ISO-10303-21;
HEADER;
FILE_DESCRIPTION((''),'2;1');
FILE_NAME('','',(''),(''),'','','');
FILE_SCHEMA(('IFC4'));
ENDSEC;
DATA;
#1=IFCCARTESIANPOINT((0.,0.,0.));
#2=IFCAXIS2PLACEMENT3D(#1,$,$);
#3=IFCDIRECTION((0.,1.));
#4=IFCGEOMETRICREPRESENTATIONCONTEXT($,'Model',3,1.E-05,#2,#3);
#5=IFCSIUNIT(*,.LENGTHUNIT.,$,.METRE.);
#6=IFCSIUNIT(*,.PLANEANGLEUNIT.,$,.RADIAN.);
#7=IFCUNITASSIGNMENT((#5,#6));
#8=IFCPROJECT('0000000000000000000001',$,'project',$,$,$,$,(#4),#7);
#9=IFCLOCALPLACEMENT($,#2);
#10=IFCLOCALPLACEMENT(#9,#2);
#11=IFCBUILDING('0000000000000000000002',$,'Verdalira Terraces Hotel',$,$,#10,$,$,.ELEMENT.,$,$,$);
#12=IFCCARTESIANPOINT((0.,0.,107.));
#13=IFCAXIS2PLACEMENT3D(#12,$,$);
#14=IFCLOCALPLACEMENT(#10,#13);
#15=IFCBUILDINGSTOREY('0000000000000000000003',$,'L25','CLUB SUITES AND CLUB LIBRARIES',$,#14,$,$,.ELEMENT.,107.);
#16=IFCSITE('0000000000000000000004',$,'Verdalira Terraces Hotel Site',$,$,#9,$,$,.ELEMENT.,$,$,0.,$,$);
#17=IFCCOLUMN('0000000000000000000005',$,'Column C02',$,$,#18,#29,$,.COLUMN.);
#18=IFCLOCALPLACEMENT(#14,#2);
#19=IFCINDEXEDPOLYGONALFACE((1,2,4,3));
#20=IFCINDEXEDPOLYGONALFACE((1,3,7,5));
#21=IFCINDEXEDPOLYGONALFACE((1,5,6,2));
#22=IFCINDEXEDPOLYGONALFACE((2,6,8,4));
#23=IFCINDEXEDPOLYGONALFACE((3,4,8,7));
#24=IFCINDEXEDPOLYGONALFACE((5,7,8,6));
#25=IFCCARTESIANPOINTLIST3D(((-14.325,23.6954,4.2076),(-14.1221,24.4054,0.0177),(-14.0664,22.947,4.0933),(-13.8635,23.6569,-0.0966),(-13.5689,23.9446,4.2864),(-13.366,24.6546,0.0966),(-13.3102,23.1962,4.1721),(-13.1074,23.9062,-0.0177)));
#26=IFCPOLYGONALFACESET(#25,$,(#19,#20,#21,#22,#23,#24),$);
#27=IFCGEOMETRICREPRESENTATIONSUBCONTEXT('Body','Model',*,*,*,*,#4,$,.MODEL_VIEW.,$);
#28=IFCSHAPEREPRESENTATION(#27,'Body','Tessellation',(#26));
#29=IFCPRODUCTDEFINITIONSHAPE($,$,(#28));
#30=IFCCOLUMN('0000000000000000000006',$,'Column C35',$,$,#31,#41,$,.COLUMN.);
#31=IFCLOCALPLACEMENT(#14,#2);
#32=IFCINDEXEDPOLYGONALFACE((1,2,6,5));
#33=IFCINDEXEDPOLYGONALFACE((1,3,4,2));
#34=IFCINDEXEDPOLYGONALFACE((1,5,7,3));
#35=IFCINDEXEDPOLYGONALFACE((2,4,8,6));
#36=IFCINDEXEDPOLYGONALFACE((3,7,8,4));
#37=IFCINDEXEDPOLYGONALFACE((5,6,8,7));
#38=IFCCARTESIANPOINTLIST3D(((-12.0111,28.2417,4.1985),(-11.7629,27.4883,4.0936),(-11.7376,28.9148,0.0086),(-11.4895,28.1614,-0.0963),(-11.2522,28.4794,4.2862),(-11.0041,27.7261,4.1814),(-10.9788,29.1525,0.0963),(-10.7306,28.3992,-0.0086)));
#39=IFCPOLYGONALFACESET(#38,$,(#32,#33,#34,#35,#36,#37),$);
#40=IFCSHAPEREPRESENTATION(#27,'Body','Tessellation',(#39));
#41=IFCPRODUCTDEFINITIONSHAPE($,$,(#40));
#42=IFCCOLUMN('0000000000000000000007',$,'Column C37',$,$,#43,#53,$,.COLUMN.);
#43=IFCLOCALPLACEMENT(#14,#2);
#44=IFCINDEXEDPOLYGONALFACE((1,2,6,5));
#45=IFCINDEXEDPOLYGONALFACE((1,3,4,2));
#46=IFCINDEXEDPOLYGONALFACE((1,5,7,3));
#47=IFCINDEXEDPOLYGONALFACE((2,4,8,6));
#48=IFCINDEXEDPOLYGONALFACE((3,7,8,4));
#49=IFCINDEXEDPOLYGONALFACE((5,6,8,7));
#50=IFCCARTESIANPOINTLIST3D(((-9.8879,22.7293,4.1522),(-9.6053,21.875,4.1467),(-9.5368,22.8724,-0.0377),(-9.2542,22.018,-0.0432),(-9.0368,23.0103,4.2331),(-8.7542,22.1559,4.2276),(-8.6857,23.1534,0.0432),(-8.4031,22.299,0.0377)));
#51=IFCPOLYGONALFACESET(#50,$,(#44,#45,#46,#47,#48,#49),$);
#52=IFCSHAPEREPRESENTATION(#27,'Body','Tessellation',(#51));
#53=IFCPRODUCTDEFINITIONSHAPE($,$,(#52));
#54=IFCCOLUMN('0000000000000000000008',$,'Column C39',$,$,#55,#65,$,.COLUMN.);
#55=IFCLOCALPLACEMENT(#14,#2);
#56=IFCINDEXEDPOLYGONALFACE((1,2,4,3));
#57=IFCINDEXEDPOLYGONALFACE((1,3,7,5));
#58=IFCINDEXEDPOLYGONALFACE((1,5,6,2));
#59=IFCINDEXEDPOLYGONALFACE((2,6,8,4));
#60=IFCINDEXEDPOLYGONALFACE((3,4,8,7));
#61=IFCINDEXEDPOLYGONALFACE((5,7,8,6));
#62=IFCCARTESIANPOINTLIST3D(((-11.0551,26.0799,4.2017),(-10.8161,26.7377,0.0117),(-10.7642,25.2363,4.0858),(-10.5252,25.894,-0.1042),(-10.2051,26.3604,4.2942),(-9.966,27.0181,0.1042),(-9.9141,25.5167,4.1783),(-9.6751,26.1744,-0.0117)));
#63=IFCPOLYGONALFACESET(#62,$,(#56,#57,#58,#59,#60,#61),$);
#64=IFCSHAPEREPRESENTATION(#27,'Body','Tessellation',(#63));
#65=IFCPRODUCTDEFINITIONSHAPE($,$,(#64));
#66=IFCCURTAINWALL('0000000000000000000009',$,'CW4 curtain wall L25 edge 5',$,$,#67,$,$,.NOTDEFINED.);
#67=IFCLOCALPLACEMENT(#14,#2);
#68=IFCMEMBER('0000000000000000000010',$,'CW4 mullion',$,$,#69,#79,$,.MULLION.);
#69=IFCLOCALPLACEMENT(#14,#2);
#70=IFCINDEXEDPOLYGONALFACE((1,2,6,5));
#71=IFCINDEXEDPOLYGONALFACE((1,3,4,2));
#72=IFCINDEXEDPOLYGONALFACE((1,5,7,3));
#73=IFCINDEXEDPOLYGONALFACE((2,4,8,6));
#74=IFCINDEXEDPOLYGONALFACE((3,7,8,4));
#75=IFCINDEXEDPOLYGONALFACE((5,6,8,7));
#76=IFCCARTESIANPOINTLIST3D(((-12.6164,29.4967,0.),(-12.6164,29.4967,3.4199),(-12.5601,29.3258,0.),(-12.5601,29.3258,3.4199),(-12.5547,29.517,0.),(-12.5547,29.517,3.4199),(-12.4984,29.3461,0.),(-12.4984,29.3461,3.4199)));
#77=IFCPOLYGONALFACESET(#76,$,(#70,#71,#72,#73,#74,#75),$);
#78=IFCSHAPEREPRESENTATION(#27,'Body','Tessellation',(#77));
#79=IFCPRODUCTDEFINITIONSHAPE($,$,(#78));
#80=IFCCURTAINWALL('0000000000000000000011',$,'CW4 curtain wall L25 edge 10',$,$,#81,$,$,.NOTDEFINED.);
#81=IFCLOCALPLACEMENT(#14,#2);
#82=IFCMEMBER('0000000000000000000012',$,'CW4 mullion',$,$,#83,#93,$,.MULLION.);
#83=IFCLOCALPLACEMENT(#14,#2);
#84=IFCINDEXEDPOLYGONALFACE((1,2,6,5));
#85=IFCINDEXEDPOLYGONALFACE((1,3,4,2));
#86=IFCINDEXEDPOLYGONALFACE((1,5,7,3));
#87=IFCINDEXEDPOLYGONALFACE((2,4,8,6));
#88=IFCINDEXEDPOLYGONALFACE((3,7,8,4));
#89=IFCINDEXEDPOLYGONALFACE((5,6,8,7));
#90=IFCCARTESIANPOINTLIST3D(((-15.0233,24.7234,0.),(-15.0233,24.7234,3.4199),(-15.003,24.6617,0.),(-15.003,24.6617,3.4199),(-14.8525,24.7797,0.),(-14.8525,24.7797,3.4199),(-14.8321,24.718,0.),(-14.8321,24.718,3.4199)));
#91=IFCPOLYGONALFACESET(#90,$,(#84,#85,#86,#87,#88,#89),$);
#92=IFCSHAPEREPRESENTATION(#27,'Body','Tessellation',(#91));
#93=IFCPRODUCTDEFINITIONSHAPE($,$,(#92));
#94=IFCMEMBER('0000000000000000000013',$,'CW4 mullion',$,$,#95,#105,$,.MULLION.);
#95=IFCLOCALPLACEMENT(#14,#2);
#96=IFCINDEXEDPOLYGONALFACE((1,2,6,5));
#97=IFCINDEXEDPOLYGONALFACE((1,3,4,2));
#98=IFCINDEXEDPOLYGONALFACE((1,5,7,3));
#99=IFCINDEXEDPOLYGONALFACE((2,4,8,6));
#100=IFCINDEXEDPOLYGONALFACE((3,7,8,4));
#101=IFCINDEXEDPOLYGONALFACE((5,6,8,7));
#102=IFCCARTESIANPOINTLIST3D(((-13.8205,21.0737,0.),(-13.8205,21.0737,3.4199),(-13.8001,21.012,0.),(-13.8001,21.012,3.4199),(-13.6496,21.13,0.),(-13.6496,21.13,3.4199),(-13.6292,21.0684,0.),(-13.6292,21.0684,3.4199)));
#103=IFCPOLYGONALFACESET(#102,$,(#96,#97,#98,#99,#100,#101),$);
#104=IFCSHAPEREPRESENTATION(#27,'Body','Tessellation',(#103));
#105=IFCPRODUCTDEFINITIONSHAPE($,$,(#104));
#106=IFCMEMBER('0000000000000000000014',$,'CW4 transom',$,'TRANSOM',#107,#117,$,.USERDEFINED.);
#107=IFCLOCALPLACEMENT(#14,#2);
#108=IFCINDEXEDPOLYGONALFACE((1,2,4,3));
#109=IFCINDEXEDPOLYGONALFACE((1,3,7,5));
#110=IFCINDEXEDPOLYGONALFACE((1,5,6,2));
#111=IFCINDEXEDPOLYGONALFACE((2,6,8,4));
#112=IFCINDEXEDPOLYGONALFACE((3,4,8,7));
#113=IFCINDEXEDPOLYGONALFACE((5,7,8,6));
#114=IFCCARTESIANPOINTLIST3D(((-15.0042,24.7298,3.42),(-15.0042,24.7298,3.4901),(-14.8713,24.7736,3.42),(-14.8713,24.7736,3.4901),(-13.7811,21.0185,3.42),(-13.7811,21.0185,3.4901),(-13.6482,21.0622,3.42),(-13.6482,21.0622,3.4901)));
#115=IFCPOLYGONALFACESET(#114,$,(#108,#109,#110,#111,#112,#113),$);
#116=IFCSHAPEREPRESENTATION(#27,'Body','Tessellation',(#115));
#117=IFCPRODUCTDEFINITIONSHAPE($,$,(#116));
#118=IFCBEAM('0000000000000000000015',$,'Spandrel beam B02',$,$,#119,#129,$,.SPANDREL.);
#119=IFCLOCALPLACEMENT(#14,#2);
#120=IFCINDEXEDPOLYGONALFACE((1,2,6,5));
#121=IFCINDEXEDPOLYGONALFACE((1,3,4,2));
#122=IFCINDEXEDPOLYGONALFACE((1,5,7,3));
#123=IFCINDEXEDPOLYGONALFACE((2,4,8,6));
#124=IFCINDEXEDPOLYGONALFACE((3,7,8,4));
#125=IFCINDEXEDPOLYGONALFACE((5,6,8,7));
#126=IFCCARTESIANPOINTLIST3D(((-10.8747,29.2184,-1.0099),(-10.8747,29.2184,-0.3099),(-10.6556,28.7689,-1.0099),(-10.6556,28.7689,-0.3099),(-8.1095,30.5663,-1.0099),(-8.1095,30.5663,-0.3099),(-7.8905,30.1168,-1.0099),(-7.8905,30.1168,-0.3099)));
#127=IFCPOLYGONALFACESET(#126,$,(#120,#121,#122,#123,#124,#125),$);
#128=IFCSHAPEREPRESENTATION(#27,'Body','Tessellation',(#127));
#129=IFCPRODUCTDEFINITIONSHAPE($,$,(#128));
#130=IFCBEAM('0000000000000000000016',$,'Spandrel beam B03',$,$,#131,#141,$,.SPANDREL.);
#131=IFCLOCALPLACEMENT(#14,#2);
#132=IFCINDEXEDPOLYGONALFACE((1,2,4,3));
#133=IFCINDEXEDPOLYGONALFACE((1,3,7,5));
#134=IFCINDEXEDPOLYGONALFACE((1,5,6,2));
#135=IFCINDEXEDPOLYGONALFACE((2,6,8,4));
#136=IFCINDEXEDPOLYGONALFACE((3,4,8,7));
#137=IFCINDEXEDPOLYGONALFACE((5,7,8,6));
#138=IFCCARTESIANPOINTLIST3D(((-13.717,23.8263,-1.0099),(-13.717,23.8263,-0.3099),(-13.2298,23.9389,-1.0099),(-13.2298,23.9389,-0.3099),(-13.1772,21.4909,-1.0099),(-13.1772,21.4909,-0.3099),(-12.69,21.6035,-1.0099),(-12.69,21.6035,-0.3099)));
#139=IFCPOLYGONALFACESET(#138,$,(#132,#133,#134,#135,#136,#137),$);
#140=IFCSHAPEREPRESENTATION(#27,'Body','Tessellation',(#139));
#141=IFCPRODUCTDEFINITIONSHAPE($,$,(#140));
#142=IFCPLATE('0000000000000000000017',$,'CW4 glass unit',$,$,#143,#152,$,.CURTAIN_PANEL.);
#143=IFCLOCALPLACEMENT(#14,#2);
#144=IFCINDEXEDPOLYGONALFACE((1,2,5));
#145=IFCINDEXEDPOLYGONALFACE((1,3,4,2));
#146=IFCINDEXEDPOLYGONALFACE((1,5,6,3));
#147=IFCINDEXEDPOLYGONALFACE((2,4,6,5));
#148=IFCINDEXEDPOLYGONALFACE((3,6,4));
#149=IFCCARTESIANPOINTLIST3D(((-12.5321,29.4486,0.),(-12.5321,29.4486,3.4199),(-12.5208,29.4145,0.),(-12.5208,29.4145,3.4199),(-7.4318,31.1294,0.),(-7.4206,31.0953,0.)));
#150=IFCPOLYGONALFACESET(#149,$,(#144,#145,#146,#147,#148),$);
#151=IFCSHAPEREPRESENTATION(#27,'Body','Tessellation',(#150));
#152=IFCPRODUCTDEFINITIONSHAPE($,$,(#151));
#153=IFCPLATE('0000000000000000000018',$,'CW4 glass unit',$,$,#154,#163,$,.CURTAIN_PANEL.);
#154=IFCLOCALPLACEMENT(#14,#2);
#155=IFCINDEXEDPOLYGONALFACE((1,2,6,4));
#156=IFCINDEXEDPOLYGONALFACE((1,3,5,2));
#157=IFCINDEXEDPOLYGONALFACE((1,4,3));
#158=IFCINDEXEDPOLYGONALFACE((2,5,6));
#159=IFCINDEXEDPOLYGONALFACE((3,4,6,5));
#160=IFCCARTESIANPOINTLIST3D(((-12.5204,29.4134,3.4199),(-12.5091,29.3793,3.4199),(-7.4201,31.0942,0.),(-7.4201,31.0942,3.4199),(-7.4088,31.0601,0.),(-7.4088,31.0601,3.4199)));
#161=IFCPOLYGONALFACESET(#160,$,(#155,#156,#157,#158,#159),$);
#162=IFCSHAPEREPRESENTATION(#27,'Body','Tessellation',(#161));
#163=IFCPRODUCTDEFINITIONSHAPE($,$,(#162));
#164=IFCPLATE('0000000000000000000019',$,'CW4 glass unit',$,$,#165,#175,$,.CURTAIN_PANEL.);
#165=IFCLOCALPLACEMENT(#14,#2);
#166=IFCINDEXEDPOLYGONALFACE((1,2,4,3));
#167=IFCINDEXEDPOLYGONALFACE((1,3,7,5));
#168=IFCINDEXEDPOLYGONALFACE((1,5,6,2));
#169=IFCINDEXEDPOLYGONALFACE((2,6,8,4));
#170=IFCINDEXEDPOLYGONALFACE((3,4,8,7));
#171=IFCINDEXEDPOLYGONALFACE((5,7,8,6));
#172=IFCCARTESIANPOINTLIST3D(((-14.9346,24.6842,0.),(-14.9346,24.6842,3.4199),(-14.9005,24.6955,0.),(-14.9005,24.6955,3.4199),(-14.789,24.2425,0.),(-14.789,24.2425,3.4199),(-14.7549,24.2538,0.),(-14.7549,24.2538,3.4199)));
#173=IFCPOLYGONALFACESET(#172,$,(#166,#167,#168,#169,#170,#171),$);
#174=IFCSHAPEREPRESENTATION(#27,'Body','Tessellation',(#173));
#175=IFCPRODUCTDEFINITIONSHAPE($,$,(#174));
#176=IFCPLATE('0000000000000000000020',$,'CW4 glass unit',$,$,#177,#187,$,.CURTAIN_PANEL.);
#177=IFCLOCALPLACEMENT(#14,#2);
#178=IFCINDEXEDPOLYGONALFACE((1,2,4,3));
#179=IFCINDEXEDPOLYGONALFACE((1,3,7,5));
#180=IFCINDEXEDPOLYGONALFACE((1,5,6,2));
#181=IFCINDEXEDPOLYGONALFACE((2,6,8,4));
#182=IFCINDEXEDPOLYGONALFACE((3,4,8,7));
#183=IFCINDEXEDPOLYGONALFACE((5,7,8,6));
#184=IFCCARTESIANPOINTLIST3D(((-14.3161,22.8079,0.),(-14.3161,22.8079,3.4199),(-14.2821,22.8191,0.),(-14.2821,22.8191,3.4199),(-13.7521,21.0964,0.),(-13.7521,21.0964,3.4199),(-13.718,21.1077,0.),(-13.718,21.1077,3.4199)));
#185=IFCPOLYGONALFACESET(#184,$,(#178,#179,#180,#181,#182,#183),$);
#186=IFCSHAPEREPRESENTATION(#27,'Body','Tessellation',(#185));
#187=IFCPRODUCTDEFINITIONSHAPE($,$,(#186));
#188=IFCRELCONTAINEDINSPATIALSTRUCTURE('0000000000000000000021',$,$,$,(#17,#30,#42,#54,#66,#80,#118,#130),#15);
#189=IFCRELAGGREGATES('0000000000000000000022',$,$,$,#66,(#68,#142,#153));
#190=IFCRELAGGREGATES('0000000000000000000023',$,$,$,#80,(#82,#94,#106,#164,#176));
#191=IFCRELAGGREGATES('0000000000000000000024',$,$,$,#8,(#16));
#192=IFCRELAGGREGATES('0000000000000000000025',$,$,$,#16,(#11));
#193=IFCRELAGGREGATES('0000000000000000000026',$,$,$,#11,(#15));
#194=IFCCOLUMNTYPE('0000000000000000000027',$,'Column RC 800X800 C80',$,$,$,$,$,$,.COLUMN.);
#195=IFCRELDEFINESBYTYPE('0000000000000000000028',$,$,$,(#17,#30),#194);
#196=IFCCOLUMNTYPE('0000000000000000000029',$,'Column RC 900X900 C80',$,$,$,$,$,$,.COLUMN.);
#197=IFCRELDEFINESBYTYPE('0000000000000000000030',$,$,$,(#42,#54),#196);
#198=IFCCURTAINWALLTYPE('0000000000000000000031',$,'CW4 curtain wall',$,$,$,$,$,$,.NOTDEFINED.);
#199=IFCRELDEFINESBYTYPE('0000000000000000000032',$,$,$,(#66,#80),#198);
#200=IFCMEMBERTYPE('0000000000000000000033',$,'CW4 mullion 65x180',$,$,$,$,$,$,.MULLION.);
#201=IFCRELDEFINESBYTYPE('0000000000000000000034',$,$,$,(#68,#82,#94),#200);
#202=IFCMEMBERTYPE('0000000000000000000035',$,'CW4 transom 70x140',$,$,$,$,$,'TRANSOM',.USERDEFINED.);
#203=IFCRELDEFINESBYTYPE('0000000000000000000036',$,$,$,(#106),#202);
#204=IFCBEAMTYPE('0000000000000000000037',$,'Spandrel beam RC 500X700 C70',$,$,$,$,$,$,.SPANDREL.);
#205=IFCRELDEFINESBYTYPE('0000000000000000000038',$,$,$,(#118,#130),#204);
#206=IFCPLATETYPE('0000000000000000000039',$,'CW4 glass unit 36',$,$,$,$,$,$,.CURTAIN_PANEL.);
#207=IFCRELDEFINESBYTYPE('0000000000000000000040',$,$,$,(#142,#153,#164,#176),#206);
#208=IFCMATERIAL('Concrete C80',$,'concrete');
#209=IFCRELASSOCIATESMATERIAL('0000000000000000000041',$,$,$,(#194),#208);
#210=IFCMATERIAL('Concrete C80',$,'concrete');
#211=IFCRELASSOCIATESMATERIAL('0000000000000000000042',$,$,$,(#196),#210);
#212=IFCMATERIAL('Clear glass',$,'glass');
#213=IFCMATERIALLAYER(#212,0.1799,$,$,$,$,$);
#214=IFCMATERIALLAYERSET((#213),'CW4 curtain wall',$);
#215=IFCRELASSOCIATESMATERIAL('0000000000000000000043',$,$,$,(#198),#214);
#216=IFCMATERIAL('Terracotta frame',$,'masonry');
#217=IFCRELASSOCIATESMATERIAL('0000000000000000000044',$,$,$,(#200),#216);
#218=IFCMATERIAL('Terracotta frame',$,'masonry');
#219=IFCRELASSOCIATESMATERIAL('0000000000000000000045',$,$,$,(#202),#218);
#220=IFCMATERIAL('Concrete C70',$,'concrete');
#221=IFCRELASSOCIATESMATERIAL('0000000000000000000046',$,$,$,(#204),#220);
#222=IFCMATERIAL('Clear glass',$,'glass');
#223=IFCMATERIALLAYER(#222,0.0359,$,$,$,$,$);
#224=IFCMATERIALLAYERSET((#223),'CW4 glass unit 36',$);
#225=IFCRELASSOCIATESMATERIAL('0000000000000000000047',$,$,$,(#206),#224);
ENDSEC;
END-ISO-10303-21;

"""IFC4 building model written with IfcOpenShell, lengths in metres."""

from ifc_helpers import new_model, si_unit, direction, frame, origin, origin_2d, place, context, subcontext, project, spatial, polyline, rectangle, outline, extrude, material, layer, layer_set, material_profile, profile_set, type_object, element, aggregate, save


model = new_model("IFC4")

# Units and contexts
model_context = context("Model", 3, precision=1e-05, world=origin(), true_north=direction((0.0, 1.0)))
body_context = subcontext(model_context, "Body", "Model", "MODEL_VIEW")
ifc_project = project(units=[si_unit("LENGTHUNIT", "METRE"), si_unit("PLANEANGLEUNIT", "RADIAN")], contexts=[model_context])

# Site, building, storey
site_placement = place(None, origin())
site = spatial("IfcSite", under=ifc_project, at=site_placement, Name="Verdalira Terraces Hotel Site", CompositionType="ELEMENT", RefElevation=0.0)
building_placement = place(site_placement, origin())
building = spatial("IfcBuilding", under=site, at=building_placement, Name="Verdalira Terraces Hotel", CompositionType="ELEMENT")
storey_placement = place(building_placement, frame((0.0, 0.0, 107.0)))
storey = spatial("IfcBuildingStorey", under=building, at=storey_placement, Name="L25", Description="CLUB SUITES AND CLUB LIBRARIES", CompositionType="ELEMENT", Elevation=107.0)

# Columns
ifc_material_1 = material(Name="Concrete C80", Category="concrete")
ifc_material_profile_1 = material_profile(ifc_material_1, rectangle(XDim=0.8, YDim=0.8, at=origin_2d()), Name="RC 800X800")
ifc_profile_set_1 = profile_set([ifc_material_profile_1], Name="Concrete C80")
column_type_1 = type_object("IfcColumnType", Name="Column RC 800X800 C80", PredefinedType="COLUMN", material=ifc_profile_set_1)
column_1_placement = place(storey_placement, frame((-13.6147, 24.1558, 0.0), z_axis=(-0.047686, -0.166873, 0.984825), x_axis=(0.323238, -0.935472, -0.142859)))
element("IfcColumn", 1, at=column_1_placement, inside=storey, type_object=column_type_1, Name="Column C02", PredefinedType="COLUMN", context=body_context, shape_type="SweptSolid", body=[
    extrude(rectangle(XDim=0.8, YDim=0.8, at=origin_2d()), origin(), (0.0, 0.0, 1.0), 4.2544),
])
column_2_placement = place(storey_placement, frame((-11.2341, 28.657, 0.0), z_axis=(-0.064301, -0.158284, 0.985298), x_axis=(-0.948505, -0.297183, -0.109641)))
element("IfcColumn", 2, at=column_2_placement, inside=storey, type_object=column_type_1, Name="Column C35", PredefinedType="COLUMN", context=body_context, shape_type="SweptSolid", body=[
    extrude(rectangle(XDim=0.8, YDim=0.8, at=origin_2d()), origin(), (0.0, 0.0, 1.0), 4.2524),
])
ifc_material_2 = material(Name="Concrete C80", Category="concrete")
ifc_material_profile_2 = material_profile(ifc_material_2, rectangle(XDim=0.8999, YDim=0.8999, at=origin_2d()), Name="RC 900X900")
ifc_profile_set_2 = profile_set([ifc_material_profile_2], Name="Concrete C80")
column_type_2 = type_object("IfcColumnType", Name="Column RC 900X900 C80", PredefinedType="COLUMN", material=ifc_profile_set_2)
column_3_placement = place(storey_placement, frame((-8.97, 22.5857, 0.0), z_axis=(-0.083449, -0.034006, 0.995932), x_axis=(-0.314024, 0.949395, 0.006105)))
element("IfcColumn", 3, at=column_3_placement, inside=storey, type_object=column_type_2, Name="Column C37", PredefinedType="COLUMN", context=body_context, shape_type="SweptSolid", body=[
    extrude(rectangle(XDim=0.8999, YDim=0.8999, at=origin_2d()), origin(), (0.0, 0.0, 1.0), 4.207),
])
column_4_placement = place(storey_placement, frame((-10.2456, 26.4561, 0.0), z_axis=(-0.056265, -0.15483, 0.986338), x_axis=(-0.323303, 0.9375, 0.128721)))
element("IfcColumn", 4, at=column_4_placement, inside=storey, type_object=column_type_2, Name="Column C39", PredefinedType="COLUMN", context=body_context, shape_type="SweptSolid", body=[
    extrude(rectangle(XDim=0.8999, YDim=0.8999, at=origin_2d()), origin(), (0.0, 0.0, 1.0), 4.248),
])

# Curtain wall, member
ifc_material_3 = material(Name="Clear glass", Category="glass")
ifc_layer_1 = layer(ifc_material_3, 0.1799)
ifc_layer_set_1 = layer_set([ifc_layer_1], Name="CW4 curtain wall")
curtain_wall_type = type_object("IfcCurtainWallType", Name="CW4 curtain wall", PredefinedType="NOTDEFINED", material=ifc_layer_set_1)
curtain_wall_1_placement = place(storey_placement, origin())
curtain_wall_1 = element("IfcCurtainWall", 5, at=curtain_wall_1_placement, inside=storey, type_object=curtain_wall_type, Name="CW4 curtain wall L25 edge 5", PredefinedType="NOTDEFINED")
ifc_material_4 = material(Name="Terracotta frame", Category="masonry")
ifc_material_profile_3 = material_profile(ifc_material_4, rectangle(XDim=0.0649, YDim=0.1799, at=origin_2d()), Name="MU 65x180")
ifc_profile_set_3 = profile_set([ifc_material_profile_3], Name="Terracotta frame")
member_type_1 = type_object("IfcMemberType", Name="CW4 mullion 65x180", PredefinedType="MULLION", material=ifc_profile_set_3)
member_1_placement = place(storey_placement, frame((-12.5574, 29.4214, 0.0), z_axis=(0.0, 0.0, 1.0), x_axis=(-0.949754, -0.312998, 0.0)))
member_1 = element("IfcMember", 6, at=member_1_placement, type_object=member_type_1, Name="CW4 mullion", PredefinedType="MULLION", context=body_context, shape_type="SweptSolid", body=[
    extrude(rectangle(XDim=0.0649, YDim=0.1799, at=origin_2d()), origin(), (0.0, 0.0, 1.0), 3.4199),
])

# Curtain wall, members
curtain_wall_2_placement = place(storey_placement, origin())
curtain_wall_2 = element("IfcCurtainWall", 7, at=curtain_wall_2_placement, inside=storey, type_object=curtain_wall_type, Name="CW4 curtain wall L25 edge 10", PredefinedType="NOTDEFINED")
member_2_placement = place(storey_placement, frame((-14.9277, 24.7207, 0.0), z_axis=(0.0, 0.0, 1.0), x_axis=(0.312998, -0.949754, 0.0)))
member_2 = element("IfcMember", 8, at=member_2_placement, type_object=member_type_1, Name="CW4 mullion", PredefinedType="MULLION", context=body_context, shape_type="SweptSolid", body=[
    extrude(rectangle(XDim=0.0649, YDim=0.1799, at=origin_2d()), origin(), (0.0, 0.0, 1.0), 3.4199),
])
member_3_placement = place(storey_placement, frame((-13.7249, 21.071, 0.0), z_axis=(0.0, 0.0, 1.0), x_axis=(0.312998, -0.949754, 0.0)))
member_3 = element("IfcMember", 9, at=member_3_placement, type_object=member_type_1, Name="CW4 mullion", PredefinedType="MULLION", context=body_context, shape_type="SweptSolid", body=[
    extrude(rectangle(XDim=0.0649, YDim=0.1799, at=origin_2d()), origin(), (0.0, 0.0, 1.0), 3.4199),
])
ifc_material_5 = material(Name="Terracotta frame", Category="masonry")
ifc_material_profile_4 = material_profile(ifc_material_5, rectangle(XDim=0.1399, YDim=0.0701, at=origin_2d()), Name="TR 70x140")
ifc_profile_set_4 = profile_set([ifc_material_profile_4], Name="Terracotta frame")
member_type_2 = type_object("IfcMemberType", Name="CW4 transom 70x140", ElementType="TRANSOM", PredefinedType="USERDEFINED", material=ifc_profile_set_4)
member_4_placement = place(storey_placement, frame((-14.9377, 24.7517, 3.4551), z_axis=(0.313002, -0.949752, 0.0), x_axis=(0.949752, 0.313002, 0.0)))
member_4 = element("IfcMember", 10, at=member_4_placement, type_object=member_type_2, Name="CW4 transom", ObjectType="TRANSOM", PredefinedType="USERDEFINED", context=body_context, shape_type="SweptSolid", body=[
    extrude(rectangle(XDim=0.1399, YDim=0.0701, at=origin_2d()), origin(), (0.0, 0.0, 1.0), 3.9077),
])

# Beams
ifc_material_6 = material(Name="Concrete C70", Category="concrete")
ifc_material_profile_5 = material_profile(ifc_material_6, rectangle(XDim=0.5, YDim=0.7, at=origin_2d()), Name="RC 500X700")
ifc_profile_set_5 = profile_set([ifc_material_profile_5], Name="Concrete C70")
beam_type = type_object("IfcBeamType", Name="Spandrel beam RC 500X700 C70", PredefinedType="SPANDREL", material=ifc_profile_set_5)
beam_1_placement = place(storey_placement, frame((-8.0, 30.3416, -0.6599), z_axis=(-0.89889, -0.438175, 0.0), x_axis=(0.438175, -0.89889, 0.0)))
element("IfcBeam", 11, at=beam_1_placement, inside=storey, type_object=beam_type, Name="Spandrel beam B02", PredefinedType="SPANDREL", context=body_context, shape_type="SweptSolid", body=[
    extrude(rectangle(XDim=0.5, YDim=0.7, at=origin_2d()), origin(), (0.0, 0.0, 1.0), 3.0762),
])
beam_2_placement = place(storey_placement, frame((-13.4734, 23.8826, -0.6599), z_axis=(0.225194, -0.974314, 0.0), x_axis=(0.974314, 0.225194, 0.0)))
element("IfcBeam", 12, at=beam_2_placement, inside=storey, type_object=beam_type, Name="Spandrel beam B03", PredefinedType="SPANDREL", context=body_context, shape_type="SweptSolid", body=[
    extrude(rectangle(XDim=0.5, YDim=0.7, at=origin_2d()), origin(), (0.0, 0.0, 1.0), 2.397),
])

# Plates
ifc_material_7 = material(Name="Clear glass", Category="glass")
ifc_layer_2 = layer(ifc_material_7, 0.0359)
ifc_layer_set_2 = layer_set([ifc_layer_2], Name="CW4 glass unit 36")
plate_type = type_object("IfcPlateType", Name="CW4 glass unit 36", PredefinedType="CURTAIN_PANEL", material=ifc_layer_set_2)
plate_1_placement = place(storey_placement, frame((-9.9707, 30.2549, 1.71), z_axis=(-0.312998, 0.949754, 0.0), x_axis=(-0.949754, -0.312998, 0.0)))
plate_1 = element("IfcPlate", 13, at=plate_1_placement, type_object=plate_type, Name="CW4 glass unit", PredefinedType="CURTAIN_PANEL", context=body_context, shape_type="SweptSolid", body=[
    extrude(outline(polyline([(-2.6851, -1.71), (2.6851, -1.71), (2.6851, 1.71), (-2.6851, -1.71)])), origin(), (0.0, 0.0, 1.0), 0.0359),
])
plate_2_placement = place(storey_placement, frame((-9.959, 30.2197, 1.71), z_axis=(-0.312998, 0.949754, 0.0), x_axis=(-0.949754, -0.312998, 0.0)))
plate_2 = element("IfcPlate", 14, at=plate_2_placement, type_object=plate_type, Name="CW4 glass unit", PredefinedType="CURTAIN_PANEL", context=body_context, shape_type="SweptSolid", body=[
    extrude(outline(polyline([(-2.6851, -1.71), (2.6851, 1.71), (-2.6851, 1.71), (-2.6851, -1.71)])), origin(), (0.0, 0.0, 1.0), 0.0359),
])
aggregate(curtain_wall_1, [member_1, plate_1, plate_2])
plate_3_placement = place(storey_placement, frame((-14.8447, 24.469, 0.0), z_axis=(0.0, 0.0, 1.0), x_axis=(0.312998, -0.949754, 0.0)))
plate_3 = element("IfcPlate", 15, at=plate_3_placement, type_object=plate_type, Name="CW4 glass unit", PredefinedType="CURTAIN_PANEL", context=body_context, shape_type="SweptSolid", body=[
    extrude(rectangle(XDim=0.4651, YDim=0.0359, at=origin_2d()), origin(), (0.0, 0.0, 1.0), 3.4199),
])
plate_4_placement = place(storey_placement, frame((-14.0171, 21.9578, 0.0), z_axis=(0.0, 0.0, 1.0), x_axis=(0.312998, -0.949754, 0.0)))
plate_4 = element("IfcPlate", 16, at=plate_4_placement, type_object=plate_type, Name="CW4 glass unit", PredefinedType="CURTAIN_PANEL", context=body_context, shape_type="SweptSolid", body=[
    extrude(rectangle(XDim=1.802, YDim=0.0359, at=origin_2d()), origin(), (0.0, 0.0, 1.0), 3.4199),
])
aggregate(curtain_wall_2, [member_2, member_3, member_4, plate_3, plate_4])

save(model, "model.ifc")
